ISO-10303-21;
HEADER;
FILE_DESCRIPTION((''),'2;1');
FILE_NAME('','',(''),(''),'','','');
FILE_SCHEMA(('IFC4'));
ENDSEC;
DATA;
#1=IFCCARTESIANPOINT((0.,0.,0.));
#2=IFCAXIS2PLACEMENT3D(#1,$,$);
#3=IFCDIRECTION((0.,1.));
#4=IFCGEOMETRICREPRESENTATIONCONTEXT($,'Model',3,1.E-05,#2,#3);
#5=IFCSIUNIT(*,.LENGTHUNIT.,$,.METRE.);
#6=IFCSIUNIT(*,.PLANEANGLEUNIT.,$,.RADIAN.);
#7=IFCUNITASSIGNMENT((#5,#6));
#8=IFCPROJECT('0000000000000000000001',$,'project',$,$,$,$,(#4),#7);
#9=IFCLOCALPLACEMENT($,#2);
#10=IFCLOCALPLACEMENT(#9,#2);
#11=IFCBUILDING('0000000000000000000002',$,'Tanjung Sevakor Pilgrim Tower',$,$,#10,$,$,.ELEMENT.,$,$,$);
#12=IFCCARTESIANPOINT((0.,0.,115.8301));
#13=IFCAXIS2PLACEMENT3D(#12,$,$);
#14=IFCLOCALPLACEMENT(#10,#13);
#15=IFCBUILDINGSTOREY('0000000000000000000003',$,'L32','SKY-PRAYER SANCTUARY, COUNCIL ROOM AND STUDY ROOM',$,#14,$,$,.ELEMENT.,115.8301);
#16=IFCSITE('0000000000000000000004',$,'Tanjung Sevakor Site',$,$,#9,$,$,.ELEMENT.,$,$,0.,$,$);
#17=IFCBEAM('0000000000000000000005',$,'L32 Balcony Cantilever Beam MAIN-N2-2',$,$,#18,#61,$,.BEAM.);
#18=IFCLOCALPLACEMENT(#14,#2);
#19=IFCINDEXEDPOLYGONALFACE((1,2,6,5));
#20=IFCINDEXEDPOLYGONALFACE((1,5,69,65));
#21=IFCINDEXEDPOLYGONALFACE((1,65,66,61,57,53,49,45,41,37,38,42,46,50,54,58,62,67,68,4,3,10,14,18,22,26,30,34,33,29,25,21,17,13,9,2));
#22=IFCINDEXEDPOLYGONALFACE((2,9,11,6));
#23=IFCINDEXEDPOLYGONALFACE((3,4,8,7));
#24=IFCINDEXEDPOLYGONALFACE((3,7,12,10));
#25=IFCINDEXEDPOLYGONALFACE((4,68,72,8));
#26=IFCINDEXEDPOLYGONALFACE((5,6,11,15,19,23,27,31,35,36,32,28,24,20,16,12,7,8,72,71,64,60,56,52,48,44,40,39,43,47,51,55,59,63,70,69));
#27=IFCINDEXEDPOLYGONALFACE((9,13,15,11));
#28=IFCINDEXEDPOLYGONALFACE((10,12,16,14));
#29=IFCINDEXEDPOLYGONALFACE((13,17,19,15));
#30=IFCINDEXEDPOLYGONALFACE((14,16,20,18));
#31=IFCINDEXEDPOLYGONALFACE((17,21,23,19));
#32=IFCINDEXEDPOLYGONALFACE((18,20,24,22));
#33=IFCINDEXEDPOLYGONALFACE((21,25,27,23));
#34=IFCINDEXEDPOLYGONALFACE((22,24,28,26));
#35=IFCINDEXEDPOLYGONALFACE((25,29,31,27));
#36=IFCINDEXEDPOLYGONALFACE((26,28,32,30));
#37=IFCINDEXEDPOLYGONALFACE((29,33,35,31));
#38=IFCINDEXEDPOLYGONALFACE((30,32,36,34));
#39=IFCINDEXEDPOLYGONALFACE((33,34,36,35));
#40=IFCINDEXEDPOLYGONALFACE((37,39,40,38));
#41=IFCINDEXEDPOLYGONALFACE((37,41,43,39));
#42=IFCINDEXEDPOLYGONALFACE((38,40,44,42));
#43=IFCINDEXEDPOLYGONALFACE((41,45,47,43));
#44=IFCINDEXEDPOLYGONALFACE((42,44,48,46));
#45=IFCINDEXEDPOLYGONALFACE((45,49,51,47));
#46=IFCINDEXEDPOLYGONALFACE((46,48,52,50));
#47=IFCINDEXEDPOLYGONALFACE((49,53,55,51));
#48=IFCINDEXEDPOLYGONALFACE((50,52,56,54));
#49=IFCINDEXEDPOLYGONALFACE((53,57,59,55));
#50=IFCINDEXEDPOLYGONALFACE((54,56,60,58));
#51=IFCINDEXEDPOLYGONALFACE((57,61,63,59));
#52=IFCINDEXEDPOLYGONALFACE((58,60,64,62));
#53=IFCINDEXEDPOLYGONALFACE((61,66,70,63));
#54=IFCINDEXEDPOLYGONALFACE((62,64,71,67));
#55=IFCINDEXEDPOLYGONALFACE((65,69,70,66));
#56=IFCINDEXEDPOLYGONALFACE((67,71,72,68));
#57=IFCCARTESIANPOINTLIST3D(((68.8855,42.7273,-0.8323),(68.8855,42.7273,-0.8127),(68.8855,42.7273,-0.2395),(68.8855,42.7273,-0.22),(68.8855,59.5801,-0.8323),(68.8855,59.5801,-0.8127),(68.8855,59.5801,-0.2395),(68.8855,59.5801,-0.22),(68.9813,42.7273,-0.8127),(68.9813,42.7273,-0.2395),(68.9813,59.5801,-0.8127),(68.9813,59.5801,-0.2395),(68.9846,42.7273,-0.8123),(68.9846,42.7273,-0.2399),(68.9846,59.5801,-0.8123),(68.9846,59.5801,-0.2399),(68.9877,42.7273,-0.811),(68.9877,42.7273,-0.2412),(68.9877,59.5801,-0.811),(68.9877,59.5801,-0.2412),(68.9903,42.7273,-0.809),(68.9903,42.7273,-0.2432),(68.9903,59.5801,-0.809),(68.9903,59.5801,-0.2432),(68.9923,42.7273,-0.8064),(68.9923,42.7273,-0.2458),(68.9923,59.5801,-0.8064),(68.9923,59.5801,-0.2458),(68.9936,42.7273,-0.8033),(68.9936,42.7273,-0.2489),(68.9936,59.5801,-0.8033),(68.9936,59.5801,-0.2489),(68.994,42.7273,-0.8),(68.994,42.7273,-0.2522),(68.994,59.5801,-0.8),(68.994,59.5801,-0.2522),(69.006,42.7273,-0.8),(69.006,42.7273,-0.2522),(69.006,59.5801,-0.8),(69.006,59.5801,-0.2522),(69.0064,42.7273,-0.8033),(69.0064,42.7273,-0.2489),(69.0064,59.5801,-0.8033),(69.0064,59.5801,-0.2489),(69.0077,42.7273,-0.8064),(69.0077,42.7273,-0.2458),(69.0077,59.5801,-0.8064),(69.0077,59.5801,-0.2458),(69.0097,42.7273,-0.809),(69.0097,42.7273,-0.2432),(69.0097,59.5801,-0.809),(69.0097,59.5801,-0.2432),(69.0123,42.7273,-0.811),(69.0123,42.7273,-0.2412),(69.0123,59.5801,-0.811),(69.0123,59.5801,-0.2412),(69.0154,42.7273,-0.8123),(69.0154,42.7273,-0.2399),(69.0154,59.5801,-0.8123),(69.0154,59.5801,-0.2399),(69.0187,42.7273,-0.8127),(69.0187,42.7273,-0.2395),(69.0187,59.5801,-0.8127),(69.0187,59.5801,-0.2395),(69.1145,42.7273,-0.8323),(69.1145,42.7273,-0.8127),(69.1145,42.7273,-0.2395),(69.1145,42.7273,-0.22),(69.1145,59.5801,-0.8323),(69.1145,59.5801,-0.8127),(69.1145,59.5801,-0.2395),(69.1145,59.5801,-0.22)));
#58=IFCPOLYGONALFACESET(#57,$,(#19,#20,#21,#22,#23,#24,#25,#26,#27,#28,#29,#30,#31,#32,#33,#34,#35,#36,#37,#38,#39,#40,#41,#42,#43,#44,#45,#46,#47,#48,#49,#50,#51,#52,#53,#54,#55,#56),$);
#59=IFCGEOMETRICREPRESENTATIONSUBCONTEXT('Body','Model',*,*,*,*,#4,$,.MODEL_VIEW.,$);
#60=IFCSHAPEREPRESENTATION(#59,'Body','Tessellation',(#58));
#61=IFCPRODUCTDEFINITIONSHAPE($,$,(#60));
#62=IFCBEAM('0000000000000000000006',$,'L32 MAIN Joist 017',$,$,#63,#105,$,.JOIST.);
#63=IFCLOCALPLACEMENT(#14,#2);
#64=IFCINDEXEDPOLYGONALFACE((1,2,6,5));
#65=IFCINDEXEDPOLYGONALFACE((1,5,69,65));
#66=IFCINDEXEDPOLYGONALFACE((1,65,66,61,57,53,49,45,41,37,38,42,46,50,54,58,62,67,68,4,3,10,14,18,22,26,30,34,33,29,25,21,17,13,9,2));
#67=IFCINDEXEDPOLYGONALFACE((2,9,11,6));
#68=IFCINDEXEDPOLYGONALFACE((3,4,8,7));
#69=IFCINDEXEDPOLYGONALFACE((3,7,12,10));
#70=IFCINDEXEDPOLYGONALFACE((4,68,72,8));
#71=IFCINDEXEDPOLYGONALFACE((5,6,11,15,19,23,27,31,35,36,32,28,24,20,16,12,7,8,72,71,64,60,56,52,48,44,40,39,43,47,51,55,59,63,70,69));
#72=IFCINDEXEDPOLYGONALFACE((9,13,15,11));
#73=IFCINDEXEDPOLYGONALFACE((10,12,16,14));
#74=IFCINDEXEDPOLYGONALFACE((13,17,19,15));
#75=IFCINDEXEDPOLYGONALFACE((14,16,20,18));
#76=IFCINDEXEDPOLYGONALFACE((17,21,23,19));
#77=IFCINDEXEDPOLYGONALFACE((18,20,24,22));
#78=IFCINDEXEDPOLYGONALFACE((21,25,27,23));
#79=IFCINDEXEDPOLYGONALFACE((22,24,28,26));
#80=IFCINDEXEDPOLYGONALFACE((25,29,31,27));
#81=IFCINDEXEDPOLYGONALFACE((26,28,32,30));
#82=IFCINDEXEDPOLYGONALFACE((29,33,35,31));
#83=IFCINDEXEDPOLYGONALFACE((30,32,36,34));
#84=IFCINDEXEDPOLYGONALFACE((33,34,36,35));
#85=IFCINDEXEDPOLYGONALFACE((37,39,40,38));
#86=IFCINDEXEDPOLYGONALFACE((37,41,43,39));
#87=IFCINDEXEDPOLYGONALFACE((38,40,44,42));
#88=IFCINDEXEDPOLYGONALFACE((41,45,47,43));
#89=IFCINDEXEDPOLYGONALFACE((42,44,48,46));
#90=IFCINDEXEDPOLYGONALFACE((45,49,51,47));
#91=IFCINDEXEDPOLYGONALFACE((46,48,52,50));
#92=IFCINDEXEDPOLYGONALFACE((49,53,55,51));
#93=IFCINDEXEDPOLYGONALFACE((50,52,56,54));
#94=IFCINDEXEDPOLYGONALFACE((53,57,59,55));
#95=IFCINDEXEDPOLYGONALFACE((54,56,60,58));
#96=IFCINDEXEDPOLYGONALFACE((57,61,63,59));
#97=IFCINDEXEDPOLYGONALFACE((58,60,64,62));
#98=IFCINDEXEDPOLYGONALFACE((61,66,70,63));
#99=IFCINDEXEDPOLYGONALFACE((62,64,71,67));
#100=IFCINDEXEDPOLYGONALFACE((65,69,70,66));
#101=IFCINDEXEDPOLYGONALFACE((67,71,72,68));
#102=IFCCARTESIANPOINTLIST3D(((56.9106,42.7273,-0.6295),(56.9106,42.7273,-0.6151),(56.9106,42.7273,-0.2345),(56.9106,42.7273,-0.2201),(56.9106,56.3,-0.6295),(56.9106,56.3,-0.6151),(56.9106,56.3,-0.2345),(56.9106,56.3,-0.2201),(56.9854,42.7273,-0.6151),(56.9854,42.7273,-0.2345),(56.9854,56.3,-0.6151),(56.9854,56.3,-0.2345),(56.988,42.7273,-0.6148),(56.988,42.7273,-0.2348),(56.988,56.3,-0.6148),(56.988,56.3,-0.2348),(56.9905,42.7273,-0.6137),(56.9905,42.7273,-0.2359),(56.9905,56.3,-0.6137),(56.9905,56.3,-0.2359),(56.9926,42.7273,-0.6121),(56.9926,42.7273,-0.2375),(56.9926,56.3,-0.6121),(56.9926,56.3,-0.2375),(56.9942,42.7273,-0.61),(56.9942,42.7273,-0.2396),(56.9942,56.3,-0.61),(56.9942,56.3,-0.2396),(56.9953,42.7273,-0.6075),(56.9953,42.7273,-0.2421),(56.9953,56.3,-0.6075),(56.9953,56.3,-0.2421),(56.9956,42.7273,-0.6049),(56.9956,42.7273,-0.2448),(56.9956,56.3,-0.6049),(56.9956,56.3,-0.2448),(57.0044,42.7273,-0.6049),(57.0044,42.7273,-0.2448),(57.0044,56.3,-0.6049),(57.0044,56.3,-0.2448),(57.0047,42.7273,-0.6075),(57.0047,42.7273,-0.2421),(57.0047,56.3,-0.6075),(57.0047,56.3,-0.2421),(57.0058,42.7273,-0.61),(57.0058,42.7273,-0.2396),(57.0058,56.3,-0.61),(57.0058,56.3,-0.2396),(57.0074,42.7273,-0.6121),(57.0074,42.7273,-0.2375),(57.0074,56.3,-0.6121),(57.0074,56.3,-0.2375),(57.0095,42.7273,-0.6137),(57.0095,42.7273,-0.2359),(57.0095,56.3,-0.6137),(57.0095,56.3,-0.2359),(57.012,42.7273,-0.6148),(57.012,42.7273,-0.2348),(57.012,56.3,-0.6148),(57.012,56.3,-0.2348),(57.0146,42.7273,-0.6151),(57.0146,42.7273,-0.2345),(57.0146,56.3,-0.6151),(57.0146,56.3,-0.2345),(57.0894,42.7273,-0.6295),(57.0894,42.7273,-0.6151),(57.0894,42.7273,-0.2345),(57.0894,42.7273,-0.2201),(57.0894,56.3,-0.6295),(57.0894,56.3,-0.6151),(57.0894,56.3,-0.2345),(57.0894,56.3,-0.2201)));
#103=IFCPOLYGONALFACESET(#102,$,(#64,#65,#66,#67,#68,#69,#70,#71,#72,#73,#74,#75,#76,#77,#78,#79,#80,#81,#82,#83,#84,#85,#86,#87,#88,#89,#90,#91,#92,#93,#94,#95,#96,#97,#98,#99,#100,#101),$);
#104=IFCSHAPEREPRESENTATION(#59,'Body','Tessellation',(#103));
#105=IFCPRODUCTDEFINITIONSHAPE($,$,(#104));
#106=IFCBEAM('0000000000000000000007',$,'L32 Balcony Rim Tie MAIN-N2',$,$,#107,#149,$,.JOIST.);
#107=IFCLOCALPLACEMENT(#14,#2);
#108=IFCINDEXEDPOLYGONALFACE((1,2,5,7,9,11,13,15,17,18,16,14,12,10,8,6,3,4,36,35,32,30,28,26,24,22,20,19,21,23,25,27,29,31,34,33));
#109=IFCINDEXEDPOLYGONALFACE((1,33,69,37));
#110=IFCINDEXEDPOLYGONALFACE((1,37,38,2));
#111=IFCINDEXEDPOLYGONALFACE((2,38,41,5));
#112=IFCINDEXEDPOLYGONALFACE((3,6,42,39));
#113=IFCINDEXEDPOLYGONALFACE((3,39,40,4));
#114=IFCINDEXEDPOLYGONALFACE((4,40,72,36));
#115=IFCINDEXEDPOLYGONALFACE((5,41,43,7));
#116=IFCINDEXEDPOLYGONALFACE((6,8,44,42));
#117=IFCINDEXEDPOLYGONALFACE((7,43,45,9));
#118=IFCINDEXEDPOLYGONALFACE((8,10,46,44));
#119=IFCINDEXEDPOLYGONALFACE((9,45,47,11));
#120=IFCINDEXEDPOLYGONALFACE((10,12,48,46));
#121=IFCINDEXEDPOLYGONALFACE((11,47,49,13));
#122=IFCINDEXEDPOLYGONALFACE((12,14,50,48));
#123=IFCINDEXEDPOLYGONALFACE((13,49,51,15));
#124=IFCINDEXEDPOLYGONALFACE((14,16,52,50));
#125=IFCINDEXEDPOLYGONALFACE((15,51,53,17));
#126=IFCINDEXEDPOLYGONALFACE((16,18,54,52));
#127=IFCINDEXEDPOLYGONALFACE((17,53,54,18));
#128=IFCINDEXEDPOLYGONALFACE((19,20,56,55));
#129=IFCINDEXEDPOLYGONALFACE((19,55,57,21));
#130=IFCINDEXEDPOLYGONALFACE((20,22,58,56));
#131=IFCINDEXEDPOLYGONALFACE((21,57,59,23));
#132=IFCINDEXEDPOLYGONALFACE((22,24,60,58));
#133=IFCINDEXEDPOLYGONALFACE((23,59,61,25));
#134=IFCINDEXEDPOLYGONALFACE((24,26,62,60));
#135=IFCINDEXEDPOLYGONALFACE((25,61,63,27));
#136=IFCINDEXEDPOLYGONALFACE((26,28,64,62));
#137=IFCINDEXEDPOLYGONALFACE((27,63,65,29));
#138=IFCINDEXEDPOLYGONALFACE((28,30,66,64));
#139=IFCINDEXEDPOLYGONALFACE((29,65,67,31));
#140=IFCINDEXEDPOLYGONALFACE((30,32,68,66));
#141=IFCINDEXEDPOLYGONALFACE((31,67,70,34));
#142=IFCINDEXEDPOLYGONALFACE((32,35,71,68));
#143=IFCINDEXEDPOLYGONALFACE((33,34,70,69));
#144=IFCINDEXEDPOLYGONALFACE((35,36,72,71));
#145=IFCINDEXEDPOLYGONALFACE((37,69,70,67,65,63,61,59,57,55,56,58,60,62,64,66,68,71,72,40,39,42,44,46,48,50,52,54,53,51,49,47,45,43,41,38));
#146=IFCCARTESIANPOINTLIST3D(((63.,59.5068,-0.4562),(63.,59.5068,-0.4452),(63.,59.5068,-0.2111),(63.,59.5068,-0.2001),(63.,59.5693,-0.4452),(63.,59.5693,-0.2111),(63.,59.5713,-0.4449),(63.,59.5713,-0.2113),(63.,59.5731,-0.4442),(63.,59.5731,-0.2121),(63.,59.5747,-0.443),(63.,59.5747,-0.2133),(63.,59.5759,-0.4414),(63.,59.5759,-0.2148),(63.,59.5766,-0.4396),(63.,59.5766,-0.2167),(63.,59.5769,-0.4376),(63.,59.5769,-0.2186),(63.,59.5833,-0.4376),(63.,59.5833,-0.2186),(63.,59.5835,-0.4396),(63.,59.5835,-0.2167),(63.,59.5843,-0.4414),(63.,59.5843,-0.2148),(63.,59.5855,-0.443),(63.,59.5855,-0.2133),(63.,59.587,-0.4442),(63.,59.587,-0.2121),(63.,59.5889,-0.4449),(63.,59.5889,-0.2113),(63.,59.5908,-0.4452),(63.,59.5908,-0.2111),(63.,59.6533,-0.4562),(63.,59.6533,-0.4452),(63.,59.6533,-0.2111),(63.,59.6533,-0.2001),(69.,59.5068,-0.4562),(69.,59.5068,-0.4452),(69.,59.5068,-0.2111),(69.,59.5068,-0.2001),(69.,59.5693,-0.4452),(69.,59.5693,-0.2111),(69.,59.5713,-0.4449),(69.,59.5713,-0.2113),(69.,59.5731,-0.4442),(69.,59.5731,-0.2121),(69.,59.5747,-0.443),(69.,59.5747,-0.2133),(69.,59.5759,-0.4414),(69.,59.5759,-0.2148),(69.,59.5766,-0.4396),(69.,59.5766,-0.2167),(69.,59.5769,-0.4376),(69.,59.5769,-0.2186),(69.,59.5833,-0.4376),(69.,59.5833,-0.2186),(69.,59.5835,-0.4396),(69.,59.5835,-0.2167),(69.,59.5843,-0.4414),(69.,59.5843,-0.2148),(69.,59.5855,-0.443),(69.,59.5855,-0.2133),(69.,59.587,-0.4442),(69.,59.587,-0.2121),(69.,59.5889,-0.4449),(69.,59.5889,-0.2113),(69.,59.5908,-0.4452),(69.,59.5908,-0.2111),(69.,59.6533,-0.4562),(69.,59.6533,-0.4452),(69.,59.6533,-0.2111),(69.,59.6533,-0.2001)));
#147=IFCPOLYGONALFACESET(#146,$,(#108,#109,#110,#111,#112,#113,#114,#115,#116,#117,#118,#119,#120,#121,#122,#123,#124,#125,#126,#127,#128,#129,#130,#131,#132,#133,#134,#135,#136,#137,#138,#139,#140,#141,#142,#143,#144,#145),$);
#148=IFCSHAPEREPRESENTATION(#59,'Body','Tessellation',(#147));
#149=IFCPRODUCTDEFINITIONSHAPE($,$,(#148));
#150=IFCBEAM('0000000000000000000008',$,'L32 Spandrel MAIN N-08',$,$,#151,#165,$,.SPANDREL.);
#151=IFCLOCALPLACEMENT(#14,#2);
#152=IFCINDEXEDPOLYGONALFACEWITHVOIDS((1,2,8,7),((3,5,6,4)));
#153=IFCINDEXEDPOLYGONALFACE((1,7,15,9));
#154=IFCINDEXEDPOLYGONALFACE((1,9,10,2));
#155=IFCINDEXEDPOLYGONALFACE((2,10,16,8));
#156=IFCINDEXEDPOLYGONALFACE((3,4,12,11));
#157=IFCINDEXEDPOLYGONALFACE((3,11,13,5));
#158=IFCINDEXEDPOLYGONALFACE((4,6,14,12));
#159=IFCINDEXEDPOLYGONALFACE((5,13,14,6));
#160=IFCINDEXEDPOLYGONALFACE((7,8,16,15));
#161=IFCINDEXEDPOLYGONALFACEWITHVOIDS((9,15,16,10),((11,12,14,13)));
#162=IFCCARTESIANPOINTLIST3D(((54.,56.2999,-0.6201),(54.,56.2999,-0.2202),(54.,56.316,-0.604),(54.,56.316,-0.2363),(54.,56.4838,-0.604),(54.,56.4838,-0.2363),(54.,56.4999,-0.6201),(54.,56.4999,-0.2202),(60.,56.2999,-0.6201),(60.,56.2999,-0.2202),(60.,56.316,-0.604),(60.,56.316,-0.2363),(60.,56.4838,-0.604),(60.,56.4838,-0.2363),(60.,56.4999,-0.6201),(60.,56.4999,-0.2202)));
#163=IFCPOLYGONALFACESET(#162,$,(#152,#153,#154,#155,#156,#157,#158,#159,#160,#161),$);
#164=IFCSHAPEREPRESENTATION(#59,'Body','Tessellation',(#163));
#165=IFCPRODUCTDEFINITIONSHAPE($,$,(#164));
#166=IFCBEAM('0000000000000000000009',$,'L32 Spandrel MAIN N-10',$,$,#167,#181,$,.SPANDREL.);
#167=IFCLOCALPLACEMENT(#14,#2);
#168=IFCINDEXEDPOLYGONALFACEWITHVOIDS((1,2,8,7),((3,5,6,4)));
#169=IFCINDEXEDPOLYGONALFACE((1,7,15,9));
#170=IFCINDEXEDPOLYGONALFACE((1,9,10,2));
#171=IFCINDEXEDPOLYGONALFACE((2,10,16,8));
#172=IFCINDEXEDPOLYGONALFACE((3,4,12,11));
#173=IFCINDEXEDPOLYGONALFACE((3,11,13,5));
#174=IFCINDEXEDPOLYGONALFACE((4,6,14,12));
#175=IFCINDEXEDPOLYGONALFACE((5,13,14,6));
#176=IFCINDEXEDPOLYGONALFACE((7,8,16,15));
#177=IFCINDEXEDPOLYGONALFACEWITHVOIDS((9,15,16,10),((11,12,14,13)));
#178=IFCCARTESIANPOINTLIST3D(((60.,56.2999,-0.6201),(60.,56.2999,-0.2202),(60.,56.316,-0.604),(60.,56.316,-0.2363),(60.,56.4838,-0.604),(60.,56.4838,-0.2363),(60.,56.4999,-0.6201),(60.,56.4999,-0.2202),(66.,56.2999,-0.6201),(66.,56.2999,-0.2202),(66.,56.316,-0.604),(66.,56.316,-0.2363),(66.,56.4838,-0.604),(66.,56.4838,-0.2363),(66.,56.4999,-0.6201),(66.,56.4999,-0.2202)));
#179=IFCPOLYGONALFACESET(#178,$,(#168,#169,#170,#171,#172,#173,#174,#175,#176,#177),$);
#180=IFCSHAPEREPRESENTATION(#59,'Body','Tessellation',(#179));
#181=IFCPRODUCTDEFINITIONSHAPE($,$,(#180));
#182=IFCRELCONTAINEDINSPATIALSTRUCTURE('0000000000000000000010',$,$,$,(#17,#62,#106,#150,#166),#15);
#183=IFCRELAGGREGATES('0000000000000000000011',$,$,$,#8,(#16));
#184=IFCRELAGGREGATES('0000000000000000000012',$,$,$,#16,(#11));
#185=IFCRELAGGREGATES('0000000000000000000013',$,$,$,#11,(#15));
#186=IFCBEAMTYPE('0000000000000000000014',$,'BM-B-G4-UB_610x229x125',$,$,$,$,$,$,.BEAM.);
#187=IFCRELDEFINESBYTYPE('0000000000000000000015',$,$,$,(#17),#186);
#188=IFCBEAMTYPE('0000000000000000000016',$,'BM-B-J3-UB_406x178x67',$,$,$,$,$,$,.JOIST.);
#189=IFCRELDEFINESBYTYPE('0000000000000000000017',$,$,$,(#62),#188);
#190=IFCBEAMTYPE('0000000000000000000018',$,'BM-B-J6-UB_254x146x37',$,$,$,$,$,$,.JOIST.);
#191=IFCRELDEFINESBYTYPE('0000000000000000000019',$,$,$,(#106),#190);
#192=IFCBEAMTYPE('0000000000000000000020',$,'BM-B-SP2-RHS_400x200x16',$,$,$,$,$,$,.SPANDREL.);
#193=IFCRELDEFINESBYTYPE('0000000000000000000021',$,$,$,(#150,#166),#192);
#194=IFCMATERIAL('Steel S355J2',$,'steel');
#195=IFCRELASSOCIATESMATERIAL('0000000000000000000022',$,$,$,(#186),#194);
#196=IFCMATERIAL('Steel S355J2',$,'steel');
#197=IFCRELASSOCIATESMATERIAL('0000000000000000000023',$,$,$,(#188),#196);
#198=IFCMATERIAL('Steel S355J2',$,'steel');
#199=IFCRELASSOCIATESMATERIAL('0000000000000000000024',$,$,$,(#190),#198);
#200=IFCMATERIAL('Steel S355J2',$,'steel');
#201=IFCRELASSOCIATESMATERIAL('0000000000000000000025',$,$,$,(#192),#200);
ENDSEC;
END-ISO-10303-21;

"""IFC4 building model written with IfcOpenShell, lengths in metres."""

from ifc_helpers import new_model, si_unit, direction, frame, origin, origin_2d, place, context, subcontext, project, spatial, hollow_rectangle, i_section, extrude, material, material_profile, profile_set, type_object, element, save


model = new_model("IFC4")

# Units and contexts
model_context = context("Model", 3, precision=1e-05, world=origin(), true_north=direction((0.0, 1.0)))
body_context = subcontext(model_context, "Body", "Model", "MODEL_VIEW")
ifc_project = project(units=[si_unit("LENGTHUNIT", "METRE"), si_unit("PLANEANGLEUNIT", "RADIAN")], contexts=[model_context])

# Site, building, storey
site_placement = place(None, origin())
site = spatial("IfcSite", under=ifc_project, at=site_placement, Name="Tanjung Sevakor Site", CompositionType="ELEMENT", RefElevation=0.0)
building_placement = place(site_placement, origin())
building = spatial("IfcBuilding", under=site, at=building_placement, Name="Tanjung Sevakor Pilgrim Tower", CompositionType="ELEMENT")
storey_placement = place(building_placement, frame((0.0, 0.0, 115.8301)))
storey = spatial("IfcBuildingStorey", under=building, at=storey_placement, Name="L32", Description="SKY-PRAYER SANCTUARY, COUNCIL ROOM AND STUDY ROOM", CompositionType="ELEMENT", Elevation=115.8301)

# Beams
ifc_material_1 = material(Name="Steel S355J2", Category="steel")
ifc_material_profile_1 = material_profile(ifc_material_1, i_section(OverallWidth=0.229, OverallDepth=0.6123, WebThickness=0.012, FlangeThickness=0.0195, FilletRadius=0.0127, at=origin_2d()))
ifc_profile_set_1 = profile_set([ifc_material_profile_1], Name="Steel S355J2")
beam_type_1 = type_object("IfcBeamType", Name="BM-B-G4-UB_610x229x125", PredefinedType="BEAM", material=ifc_profile_set_1)
for number, where, z_axis, x_axis, name in (
    (1, (69.0, 42.7273, -0.5261), (0.0, 1.0, 0.0), (-1.0, 0.0, 0.0), "L32 Balcony Cantilever Beam MAIN-N2-2"),
):
    element("IfcBeam", number, at=place(storey_placement, frame(where, z_axis=z_axis, x_axis=x_axis)), inside=storey, type_object=beam_type_1, Name=name, PredefinedType="BEAM", context=body_context, shape_type="SweptSolid", body=[
        extrude(i_section(OverallWidth=0.229, OverallDepth=0.6123, WebThickness=0.012, FlangeThickness=0.0195, FilletRadius=0.0127, at=origin_2d()), origin(), (0.0, 0.0, 1.0), 16.8528),
    ])
ifc_material_2 = material(Name="Steel S355J2", Category="steel")
ifc_material_profile_2 = material_profile(ifc_material_2, i_section(OverallWidth=0.1787, OverallDepth=0.4094, WebThickness=0.0088, FlangeThickness=0.0144, FilletRadius=0.0103, at=origin_2d()))
ifc_profile_set_2 = profile_set([ifc_material_profile_2], Name="Steel S355J2")
beam_type_2 = type_object("IfcBeamType", Name="BM-B-J3-UB_406x178x67", PredefinedType="JOIST", material=ifc_profile_set_2)
beam_1_placement = place(storey_placement, frame((57.0, 42.7273, -0.4248), z_axis=(0.0, 1.0, 0.0), x_axis=(-1.0, 0.0, 0.0)))
element("IfcBeam", 2, at=beam_1_placement, inside=storey, type_object=beam_type_2, Name="L32 MAIN Joist 017", PredefinedType="JOIST", context=body_context, shape_type="SweptSolid", body=[
    extrude(i_section(OverallWidth=0.1787, OverallDepth=0.4094, WebThickness=0.0088, FlangeThickness=0.0144, FilletRadius=0.0103, at=origin_2d()), origin(), (0.0, 0.0, 1.0), 13.5728),
])
ifc_material_3 = material(Name="Steel S355J2", Category="steel")
ifc_material_profile_3 = material_profile(ifc_material_3, i_section(OverallWidth=0.1465, OverallDepth=0.2561, WebThickness=0.0063, FlangeThickness=0.011, FilletRadius=0.0076, at=origin_2d()))
ifc_profile_set_3 = profile_set([ifc_material_profile_3], Name="Steel S355J2")
beam_type_3 = type_object("IfcBeamType", Name="BM-B-J6-UB_254x146x37", PredefinedType="JOIST", material=ifc_profile_set_3)
beam_2_placement = place(storey_placement, frame((63.0, 59.5801, -0.3281), z_axis=(1.0, 0.0, 0.0), x_axis=(0.0, 1.0, 0.0)))
element("IfcBeam", 3, at=beam_2_placement, inside=storey, type_object=beam_type_3, Name="L32 Balcony Rim Tie MAIN-N2", PredefinedType="JOIST", context=body_context, shape_type="SweptSolid", body=[
    extrude(i_section(OverallWidth=0.1465, OverallDepth=0.2561, WebThickness=0.0063, FlangeThickness=0.011, FilletRadius=0.0076, at=origin_2d()), origin(), (0.0, 0.0, 1.0), 6.0),
])
ifc_material_4 = material(Name="Steel S355J2", Category="steel")
ifc_material_profile_4 = material_profile(ifc_material_4, hollow_rectangle(XDim=0.2, YDim=0.3999, WallThickness=0.0161, at=origin_2d()))
ifc_profile_set_4 = profile_set([ifc_material_profile_4], Name="Steel S355J2")
beam_type_4 = type_object("IfcBeamType", Name="BM-B-SP2-RHS_400x200x16", PredefinedType="SPANDREL", material=ifc_profile_set_4)
for number, where, z_axis, x_axis, name in (
    (4, (54.0, 56.3999, -0.4202), (1.0, 0.0, 0.0), (0.0, 1.0, 0.0), "L32 Spandrel MAIN N-08"),
    (5, (60.0, 56.3999, -0.4202), (1.0, 0.0, 0.0), (0.0, 1.0, 0.0), "L32 Spandrel MAIN N-10"),
):
    element("IfcBeam", number, at=place(storey_placement, frame(where, z_axis=z_axis, x_axis=x_axis)), inside=storey, type_object=beam_type_4, Name=name, PredefinedType="SPANDREL", context=body_context, shape_type="SweptSolid", body=[
        extrude(hollow_rectangle(XDim=0.2, YDim=0.3999, WallThickness=0.0161, at=origin_2d()), origin(), (0.0, 0.0, 1.0), 6.0),
    ])

save(model, "model.ifc")
